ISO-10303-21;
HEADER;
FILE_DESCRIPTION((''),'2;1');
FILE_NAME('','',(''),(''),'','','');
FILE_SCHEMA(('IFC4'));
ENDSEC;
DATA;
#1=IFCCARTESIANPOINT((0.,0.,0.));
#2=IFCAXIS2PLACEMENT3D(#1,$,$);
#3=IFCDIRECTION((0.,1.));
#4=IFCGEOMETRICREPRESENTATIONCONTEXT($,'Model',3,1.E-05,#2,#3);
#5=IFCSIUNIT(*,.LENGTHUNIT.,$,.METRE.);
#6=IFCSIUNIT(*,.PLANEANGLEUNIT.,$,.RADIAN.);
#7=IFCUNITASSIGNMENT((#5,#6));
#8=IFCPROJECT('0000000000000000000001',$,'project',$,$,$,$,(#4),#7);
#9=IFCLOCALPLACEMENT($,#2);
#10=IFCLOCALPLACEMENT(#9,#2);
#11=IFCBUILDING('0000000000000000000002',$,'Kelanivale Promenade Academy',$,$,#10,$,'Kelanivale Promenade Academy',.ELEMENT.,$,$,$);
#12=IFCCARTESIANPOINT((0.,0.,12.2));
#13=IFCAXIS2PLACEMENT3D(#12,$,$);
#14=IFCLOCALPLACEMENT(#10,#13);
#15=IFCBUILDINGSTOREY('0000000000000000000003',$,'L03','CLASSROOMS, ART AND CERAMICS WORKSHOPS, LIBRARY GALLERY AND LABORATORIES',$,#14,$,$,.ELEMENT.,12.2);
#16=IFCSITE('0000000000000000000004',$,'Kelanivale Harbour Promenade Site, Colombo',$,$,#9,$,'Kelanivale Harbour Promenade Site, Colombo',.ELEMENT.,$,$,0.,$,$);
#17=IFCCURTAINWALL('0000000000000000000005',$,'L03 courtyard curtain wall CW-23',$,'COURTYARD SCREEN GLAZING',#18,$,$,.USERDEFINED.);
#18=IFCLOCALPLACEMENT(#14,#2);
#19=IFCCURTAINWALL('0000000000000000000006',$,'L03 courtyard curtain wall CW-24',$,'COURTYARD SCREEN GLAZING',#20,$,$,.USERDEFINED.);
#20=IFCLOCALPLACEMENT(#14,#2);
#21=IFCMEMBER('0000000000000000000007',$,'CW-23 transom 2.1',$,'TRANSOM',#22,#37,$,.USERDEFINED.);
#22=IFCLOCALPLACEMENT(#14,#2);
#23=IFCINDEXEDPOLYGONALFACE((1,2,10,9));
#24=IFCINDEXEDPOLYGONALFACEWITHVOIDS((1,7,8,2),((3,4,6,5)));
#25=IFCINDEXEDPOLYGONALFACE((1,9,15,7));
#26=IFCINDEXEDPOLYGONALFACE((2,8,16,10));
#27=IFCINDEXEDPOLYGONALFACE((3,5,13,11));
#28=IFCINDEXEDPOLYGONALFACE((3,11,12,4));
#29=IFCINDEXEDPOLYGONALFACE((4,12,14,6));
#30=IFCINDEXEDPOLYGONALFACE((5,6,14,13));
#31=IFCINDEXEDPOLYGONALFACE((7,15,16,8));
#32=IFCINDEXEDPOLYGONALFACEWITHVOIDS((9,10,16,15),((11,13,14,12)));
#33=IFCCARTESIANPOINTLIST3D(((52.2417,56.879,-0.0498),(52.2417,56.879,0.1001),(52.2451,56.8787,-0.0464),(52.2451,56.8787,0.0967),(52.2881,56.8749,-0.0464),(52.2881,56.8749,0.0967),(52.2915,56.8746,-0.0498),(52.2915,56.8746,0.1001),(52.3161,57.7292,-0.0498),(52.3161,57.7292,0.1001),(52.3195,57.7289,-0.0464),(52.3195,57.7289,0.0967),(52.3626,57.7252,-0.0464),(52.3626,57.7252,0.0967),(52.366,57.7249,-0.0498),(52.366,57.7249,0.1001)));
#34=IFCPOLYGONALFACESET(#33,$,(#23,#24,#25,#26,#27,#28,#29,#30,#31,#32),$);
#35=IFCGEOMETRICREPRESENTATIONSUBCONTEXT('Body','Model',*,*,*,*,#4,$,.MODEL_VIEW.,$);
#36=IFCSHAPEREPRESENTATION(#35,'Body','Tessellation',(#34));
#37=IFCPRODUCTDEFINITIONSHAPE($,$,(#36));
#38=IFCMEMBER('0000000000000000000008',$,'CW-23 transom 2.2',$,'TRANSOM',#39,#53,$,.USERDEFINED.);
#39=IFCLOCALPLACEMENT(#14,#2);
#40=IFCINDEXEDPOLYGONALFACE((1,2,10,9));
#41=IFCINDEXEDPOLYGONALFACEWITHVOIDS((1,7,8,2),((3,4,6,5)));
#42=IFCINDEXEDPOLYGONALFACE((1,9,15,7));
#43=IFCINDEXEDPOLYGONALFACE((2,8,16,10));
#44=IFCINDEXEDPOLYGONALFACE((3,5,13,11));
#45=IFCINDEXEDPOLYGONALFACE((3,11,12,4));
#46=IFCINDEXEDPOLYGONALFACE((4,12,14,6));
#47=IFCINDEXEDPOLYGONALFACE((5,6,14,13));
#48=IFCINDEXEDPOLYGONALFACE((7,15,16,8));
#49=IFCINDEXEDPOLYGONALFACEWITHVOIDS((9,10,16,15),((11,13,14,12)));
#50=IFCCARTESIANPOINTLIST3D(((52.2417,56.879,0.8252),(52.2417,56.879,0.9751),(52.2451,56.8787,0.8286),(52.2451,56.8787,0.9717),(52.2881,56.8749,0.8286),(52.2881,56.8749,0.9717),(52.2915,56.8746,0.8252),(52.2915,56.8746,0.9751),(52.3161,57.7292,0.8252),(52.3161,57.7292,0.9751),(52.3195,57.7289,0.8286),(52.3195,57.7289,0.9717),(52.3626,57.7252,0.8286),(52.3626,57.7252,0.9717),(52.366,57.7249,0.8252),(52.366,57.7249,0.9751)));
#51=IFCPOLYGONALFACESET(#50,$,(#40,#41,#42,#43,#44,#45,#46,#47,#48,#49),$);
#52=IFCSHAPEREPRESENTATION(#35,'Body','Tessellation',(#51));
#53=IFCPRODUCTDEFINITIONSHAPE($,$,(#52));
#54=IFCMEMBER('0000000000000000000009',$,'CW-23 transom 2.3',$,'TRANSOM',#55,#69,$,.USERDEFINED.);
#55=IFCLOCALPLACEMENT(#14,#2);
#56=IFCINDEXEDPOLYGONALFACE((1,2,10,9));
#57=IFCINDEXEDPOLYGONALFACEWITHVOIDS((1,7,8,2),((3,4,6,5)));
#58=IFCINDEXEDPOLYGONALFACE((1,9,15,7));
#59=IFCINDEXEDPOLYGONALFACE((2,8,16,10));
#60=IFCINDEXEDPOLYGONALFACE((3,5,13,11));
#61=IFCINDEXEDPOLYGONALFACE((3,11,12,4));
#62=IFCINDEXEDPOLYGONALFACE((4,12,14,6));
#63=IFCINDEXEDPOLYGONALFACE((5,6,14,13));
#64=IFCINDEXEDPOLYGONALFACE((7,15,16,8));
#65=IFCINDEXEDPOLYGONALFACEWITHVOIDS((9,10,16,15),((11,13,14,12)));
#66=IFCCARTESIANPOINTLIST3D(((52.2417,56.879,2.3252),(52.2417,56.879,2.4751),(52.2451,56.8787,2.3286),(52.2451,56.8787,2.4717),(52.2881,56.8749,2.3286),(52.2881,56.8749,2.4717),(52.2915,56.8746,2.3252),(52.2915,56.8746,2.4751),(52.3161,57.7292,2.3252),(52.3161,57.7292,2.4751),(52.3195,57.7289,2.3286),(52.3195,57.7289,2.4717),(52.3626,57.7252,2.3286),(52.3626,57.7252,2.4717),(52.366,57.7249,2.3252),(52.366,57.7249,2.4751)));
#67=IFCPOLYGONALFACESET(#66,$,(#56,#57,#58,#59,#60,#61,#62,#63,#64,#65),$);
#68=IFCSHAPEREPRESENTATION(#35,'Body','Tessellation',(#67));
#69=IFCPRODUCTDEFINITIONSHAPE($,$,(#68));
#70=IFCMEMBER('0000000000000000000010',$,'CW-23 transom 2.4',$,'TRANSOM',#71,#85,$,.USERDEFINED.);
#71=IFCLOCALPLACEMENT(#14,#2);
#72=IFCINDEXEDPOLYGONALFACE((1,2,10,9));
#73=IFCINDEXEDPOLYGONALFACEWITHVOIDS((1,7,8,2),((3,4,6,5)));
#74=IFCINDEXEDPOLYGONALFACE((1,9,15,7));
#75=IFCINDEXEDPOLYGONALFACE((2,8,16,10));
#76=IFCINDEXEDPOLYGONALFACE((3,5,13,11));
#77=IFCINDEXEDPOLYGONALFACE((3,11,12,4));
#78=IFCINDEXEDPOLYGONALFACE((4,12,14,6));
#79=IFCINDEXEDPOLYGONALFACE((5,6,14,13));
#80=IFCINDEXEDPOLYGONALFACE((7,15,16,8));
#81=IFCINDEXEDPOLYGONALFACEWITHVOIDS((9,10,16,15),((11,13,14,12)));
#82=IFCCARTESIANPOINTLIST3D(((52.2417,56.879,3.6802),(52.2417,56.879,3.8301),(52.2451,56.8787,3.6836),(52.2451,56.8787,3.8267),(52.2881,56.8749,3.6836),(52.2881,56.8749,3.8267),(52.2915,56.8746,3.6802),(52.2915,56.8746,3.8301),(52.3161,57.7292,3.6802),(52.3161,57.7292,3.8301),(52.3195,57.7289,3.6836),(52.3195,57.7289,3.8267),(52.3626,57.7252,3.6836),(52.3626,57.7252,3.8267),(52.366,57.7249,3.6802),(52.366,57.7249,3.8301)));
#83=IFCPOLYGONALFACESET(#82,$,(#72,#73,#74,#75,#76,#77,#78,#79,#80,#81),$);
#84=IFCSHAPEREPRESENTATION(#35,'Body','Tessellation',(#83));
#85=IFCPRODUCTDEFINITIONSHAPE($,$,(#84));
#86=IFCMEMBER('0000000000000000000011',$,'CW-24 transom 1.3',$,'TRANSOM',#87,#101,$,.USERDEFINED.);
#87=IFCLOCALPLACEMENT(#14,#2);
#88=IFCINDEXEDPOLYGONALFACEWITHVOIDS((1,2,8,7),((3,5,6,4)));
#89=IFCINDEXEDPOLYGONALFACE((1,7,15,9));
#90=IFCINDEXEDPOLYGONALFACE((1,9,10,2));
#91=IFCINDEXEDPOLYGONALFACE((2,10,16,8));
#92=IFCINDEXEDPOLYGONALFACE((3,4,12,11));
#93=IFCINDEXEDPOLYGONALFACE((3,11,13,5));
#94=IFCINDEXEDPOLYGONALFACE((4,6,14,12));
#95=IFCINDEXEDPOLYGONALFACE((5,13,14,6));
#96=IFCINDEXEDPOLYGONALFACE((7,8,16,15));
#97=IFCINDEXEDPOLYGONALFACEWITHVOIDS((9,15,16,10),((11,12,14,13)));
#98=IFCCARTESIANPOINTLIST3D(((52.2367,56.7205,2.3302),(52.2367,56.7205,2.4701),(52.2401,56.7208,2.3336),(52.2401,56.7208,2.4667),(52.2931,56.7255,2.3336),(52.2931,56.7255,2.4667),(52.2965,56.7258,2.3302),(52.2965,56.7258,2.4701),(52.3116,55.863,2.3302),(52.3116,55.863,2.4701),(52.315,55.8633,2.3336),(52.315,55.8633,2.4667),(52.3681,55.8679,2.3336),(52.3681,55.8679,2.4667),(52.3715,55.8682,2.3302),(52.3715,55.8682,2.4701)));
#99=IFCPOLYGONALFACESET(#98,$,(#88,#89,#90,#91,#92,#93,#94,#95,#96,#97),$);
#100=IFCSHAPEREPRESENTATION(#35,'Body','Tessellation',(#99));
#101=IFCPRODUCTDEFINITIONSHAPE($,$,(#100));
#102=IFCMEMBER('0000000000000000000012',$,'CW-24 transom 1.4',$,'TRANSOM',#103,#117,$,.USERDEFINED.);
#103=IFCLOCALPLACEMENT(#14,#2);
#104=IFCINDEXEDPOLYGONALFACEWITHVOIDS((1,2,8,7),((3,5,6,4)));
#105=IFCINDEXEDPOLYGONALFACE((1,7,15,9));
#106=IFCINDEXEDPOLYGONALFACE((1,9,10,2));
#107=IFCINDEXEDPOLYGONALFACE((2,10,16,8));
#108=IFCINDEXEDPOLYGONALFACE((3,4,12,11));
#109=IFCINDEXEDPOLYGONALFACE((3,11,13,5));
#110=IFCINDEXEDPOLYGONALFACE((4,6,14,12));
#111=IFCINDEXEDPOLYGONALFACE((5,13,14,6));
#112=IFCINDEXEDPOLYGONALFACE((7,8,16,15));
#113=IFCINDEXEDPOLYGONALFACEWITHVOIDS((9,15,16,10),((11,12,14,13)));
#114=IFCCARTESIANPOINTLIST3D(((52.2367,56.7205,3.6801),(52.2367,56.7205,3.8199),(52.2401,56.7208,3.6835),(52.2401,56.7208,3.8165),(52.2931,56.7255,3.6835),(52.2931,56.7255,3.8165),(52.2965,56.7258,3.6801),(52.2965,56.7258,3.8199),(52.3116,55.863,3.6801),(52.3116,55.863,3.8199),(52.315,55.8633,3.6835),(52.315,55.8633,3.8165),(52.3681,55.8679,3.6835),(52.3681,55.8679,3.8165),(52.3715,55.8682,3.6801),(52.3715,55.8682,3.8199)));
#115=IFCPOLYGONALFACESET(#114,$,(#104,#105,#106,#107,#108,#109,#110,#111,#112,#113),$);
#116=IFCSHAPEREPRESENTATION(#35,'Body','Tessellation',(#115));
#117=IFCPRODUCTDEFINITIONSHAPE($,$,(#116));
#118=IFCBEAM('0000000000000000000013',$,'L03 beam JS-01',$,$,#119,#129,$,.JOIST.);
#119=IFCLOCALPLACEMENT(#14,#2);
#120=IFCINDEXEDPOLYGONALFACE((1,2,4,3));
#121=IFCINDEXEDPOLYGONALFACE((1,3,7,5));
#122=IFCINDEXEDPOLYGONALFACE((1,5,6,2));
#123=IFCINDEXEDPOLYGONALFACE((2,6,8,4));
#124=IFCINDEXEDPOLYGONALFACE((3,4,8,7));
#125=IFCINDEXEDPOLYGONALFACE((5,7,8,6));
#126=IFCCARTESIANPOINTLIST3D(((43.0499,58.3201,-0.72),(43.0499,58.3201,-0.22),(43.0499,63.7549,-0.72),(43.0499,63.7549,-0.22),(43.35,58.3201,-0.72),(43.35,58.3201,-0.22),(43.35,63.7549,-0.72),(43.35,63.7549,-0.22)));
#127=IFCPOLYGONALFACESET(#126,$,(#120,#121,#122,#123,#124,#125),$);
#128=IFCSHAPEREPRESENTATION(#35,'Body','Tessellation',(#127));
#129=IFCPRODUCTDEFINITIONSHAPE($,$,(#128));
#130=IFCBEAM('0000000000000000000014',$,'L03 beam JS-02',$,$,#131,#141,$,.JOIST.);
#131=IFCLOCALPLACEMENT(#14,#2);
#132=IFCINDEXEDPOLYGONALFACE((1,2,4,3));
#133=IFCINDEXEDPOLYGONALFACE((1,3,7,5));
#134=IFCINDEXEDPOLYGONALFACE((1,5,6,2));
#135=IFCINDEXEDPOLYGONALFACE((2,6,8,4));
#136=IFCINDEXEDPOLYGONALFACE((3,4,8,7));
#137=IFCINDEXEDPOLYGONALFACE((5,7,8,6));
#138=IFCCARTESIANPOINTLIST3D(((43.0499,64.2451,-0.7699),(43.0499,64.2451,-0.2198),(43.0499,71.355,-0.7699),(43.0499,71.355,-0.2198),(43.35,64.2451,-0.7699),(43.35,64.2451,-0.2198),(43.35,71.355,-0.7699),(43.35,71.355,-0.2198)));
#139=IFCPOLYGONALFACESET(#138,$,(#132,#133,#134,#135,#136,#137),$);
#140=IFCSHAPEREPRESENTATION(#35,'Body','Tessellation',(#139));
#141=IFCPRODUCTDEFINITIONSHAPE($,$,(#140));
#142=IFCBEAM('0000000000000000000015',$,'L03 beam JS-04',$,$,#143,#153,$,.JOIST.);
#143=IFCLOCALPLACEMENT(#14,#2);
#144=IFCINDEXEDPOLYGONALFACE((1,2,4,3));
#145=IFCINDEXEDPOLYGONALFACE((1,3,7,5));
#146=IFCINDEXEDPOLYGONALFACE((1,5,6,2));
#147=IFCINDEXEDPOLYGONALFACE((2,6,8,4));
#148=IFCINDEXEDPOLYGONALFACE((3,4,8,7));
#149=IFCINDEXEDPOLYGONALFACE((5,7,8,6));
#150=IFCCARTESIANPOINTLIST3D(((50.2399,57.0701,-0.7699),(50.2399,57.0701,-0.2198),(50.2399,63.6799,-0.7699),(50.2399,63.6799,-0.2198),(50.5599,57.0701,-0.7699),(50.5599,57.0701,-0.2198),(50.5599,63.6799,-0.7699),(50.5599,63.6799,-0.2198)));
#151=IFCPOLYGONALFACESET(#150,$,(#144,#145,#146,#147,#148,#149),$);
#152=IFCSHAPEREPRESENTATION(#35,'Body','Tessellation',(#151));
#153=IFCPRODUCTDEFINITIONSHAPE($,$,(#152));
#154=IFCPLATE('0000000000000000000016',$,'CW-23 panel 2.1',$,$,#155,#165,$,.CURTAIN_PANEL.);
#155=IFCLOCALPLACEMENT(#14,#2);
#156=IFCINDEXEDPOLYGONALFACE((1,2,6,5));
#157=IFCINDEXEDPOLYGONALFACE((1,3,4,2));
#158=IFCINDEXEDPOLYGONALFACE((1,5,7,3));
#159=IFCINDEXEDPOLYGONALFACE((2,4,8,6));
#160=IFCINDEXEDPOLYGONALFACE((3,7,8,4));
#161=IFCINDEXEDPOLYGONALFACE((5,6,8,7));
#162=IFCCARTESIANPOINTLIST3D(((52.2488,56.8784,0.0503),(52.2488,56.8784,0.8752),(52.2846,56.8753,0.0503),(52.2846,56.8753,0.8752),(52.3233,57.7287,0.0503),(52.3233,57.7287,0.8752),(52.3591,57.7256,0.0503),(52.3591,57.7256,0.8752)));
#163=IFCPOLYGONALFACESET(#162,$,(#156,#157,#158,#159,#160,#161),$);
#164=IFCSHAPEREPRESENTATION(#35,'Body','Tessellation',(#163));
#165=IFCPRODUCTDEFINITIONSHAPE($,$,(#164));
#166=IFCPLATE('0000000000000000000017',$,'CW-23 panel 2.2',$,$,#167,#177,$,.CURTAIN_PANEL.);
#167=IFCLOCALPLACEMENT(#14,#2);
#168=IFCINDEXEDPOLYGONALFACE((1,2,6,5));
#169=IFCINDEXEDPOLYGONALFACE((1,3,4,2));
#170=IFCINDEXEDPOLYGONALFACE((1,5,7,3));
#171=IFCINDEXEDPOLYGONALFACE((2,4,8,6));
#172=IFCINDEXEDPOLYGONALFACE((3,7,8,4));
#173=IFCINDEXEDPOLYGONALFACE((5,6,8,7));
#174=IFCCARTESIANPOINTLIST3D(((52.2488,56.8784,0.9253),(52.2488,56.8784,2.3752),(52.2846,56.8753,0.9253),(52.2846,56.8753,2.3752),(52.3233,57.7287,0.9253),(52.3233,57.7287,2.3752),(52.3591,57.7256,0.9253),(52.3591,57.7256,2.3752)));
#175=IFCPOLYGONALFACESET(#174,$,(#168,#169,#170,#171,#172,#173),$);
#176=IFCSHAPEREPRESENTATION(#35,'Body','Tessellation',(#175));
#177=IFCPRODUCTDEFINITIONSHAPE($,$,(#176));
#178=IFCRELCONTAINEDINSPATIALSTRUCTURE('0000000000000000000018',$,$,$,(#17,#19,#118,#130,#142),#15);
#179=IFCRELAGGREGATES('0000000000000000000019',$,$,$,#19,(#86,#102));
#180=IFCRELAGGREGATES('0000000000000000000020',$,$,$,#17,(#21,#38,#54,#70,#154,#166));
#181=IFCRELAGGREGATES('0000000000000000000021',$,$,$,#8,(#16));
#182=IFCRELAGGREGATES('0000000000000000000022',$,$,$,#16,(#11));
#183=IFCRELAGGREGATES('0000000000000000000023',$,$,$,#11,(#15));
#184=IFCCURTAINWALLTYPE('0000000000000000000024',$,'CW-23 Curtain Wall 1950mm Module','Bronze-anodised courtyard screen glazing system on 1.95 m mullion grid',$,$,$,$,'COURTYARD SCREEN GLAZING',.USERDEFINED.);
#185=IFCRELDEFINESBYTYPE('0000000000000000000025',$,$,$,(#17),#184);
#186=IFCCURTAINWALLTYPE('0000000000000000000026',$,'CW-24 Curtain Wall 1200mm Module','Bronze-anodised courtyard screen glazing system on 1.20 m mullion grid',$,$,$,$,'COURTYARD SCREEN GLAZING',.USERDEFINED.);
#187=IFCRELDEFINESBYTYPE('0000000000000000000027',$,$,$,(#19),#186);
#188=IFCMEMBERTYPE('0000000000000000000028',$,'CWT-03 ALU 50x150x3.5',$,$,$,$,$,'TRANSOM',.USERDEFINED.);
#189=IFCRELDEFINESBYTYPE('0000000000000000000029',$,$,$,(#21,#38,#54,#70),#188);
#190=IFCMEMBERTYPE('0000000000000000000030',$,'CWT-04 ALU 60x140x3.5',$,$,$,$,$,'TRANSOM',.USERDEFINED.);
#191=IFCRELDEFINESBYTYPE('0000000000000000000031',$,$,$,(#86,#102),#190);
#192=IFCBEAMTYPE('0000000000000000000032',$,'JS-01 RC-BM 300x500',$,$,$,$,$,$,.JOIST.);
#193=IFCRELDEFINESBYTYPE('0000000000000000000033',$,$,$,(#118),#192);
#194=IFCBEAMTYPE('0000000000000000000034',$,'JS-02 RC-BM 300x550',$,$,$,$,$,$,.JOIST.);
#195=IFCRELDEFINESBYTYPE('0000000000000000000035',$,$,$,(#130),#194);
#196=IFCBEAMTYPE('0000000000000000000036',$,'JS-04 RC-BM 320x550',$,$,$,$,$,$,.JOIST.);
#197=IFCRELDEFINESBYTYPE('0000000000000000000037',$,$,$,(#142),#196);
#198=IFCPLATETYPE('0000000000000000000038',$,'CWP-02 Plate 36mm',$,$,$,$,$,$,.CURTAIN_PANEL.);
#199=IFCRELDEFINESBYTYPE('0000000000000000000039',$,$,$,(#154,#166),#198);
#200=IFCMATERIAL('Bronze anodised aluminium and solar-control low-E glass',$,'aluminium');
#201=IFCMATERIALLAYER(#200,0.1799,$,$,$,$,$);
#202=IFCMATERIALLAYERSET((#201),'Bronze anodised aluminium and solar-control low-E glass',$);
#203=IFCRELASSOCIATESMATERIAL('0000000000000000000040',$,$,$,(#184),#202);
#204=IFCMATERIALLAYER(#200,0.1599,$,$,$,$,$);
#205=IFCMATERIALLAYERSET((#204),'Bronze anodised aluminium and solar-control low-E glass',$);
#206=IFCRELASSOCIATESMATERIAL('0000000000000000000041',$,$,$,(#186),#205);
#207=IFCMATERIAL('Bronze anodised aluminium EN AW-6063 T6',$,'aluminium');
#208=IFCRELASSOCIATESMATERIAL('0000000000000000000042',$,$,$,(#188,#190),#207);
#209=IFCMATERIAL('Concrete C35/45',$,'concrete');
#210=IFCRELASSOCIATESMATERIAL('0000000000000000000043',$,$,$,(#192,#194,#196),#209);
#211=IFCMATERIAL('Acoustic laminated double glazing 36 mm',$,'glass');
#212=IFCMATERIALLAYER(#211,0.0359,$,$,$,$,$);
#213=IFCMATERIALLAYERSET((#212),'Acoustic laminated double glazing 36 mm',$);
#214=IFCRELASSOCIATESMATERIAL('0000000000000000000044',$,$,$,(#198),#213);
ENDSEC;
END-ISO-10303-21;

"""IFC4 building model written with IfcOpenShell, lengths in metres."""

from ifc_helpers import new_model, si_unit, direction, frame, origin, origin_2d, place, context, subcontext, project, spatial, rectangle, hollow_rectangle, extrude, material, layer, layer_set, material_profile, profile_set, type_object, element, aggregate, save


model = new_model("IFC4")

# Units and contexts
model_context = context("Model", 3, precision=1e-05, world=origin(), true_north=direction((0.0, 1.0)))
body_context = subcontext(model_context, "Body", "Model", "MODEL_VIEW")
ifc_project = project(units=[si_unit("LENGTHUNIT", "METRE"), si_unit("PLANEANGLEUNIT", "RADIAN")], contexts=[model_context])

# Site, building, storey
site_placement = place(None, origin())
site = spatial("IfcSite", under=ifc_project, at=site_placement, Name="Kelanivale Harbour Promenade Site, Colombo", LongName="Kelanivale Harbour Promenade Site, Colombo", CompositionType="ELEMENT", RefElevation=0.0)
building_placement = place(site_placement, origin())
building = spatial("IfcBuilding", under=site, at=building_placement, Name="Kelanivale Promenade Academy", LongName="Kelanivale Promenade Academy", CompositionType="ELEMENT")
storey_placement = place(building_placement, frame((0.0, 0.0, 12.2)))
storey = spatial("IfcBuildingStorey", under=building, at=storey_placement, Name="L03", Description="CLASSROOMS, ART AND CERAMICS WORKSHOPS, LIBRARY GALLERY AND LABORATORIES", CompositionType="ELEMENT", Elevation=12.2)

# Shared definitions
ifc_material_1 = material(Name="Concrete C35/45", Category="concrete")

# Curtain wall
ifc_material_2 = material(Name="Bronze anodised aluminium and solar-control low-E glass", Category="aluminium")
ifc_layer_1 = layer(ifc_material_2, 0.1799)
ifc_layer_set_1 = layer_set([ifc_layer_1], Name="Bronze anodised aluminium and solar-control low-E glass")
curtain_wall_type_1 = type_object("IfcCurtainWallType", Name="CW-23 Curtain Wall 1950mm Module", Description="Bronze-anodised courtyard screen glazing system on 1.95 m mullion grid", ElementType="COURTYARD SCREEN GLAZING", PredefinedType="USERDEFINED", material=ifc_layer_set_1)
curtain_wall_1_placement = place(storey_placement, origin())
curtain_wall_1 = element("IfcCurtainWall", 1, at=curtain_wall_1_placement, inside=storey, type_object=curtain_wall_type_1, Name="L03 courtyard curtain wall CW-23", ObjectType="COURTYARD SCREEN GLAZING", PredefinedType="USERDEFINED")
ifc_material_3 = material(Name="Bronze anodised aluminium EN AW-6063 T6", Category="aluminium")

# Curtain wall
ifc_layer_2 = layer(ifc_material_2, 0.1599)
ifc_layer_set_2 = layer_set([ifc_layer_2], Name="Bronze anodised aluminium and solar-control low-E glass")
curtain_wall_type_2 = type_object("IfcCurtainWallType", Name="CW-24 Curtain Wall 1200mm Module", Description="Bronze-anodised courtyard screen glazing system on 1.20 m mullion grid", ElementType="COURTYARD SCREEN GLAZING", PredefinedType="USERDEFINED", material=ifc_layer_set_2)
curtain_wall_2_placement = place(storey_placement, origin())
curtain_wall_2 = element("IfcCurtainWall", 2, at=curtain_wall_2_placement, inside=storey, type_object=curtain_wall_type_2, Name="L03 courtyard curtain wall CW-24", ObjectType="COURTYARD SCREEN GLAZING", PredefinedType="USERDEFINED")

# Members
ifc_material_profile_1 = material_profile(ifc_material_3, hollow_rectangle(XDim=0.05, YDim=0.1499, WallThickness=0.0034, at=origin_2d()), Name="ALU 50x150x3.5")
ifc_profile_set_1 = profile_set([ifc_material_profile_1], Name="Bronze anodised aluminium EN AW-6063 T6")
member_type_1 = type_object("IfcMemberType", Name="CWT-03 ALU 50x150x3.5", ElementType="TRANSOM", PredefinedType="USERDEFINED", material=ifc_profile_set_1)
member_1_placement = place(storey_placement, frame((52.3411, 57.7271, 0.0251), z_axis=(-0.087234, -0.996188, 0.0), x_axis=(0.996188, -0.087234, 0.0)))
member_1 = element("IfcMember", 3, at=member_1_placement, type_object=member_type_1, Name="CW-23 transom 2.1", ObjectType="TRANSOM", PredefinedType="USERDEFINED", context=body_context, shape_type="SweptSolid", body=[
    extrude(hollow_rectangle(XDim=0.05, YDim=0.1499, WallThickness=0.0034, at=origin_2d()), origin(), (0.0, 0.0, 1.0), 0.8535),
])
member_2_placement = place(storey_placement, frame((52.3411, 57.7271, 0.9001), z_axis=(-0.087234, -0.996188, 0.0), x_axis=(0.996188, -0.087234, 0.0)))
member_2 = element("IfcMember", 4, at=member_2_placement, type_object=member_type_1, Name="CW-23 transom 2.2", ObjectType="TRANSOM", PredefinedType="USERDEFINED", context=body_context, shape_type="SweptSolid", body=[
    extrude(hollow_rectangle(XDim=0.05, YDim=0.1499, WallThickness=0.0034, at=origin_2d()), origin(), (0.0, 0.0, 1.0), 0.8535),
])
member_3_placement = place(storey_placement, frame((52.3411, 57.7271, 2.4001), z_axis=(-0.087234, -0.996188, 0.0), x_axis=(0.996188, -0.087234, 0.0)))
member_3 = element("IfcMember", 5, at=member_3_placement, type_object=member_type_1, Name="CW-23 transom 2.3", ObjectType="TRANSOM", PredefinedType="USERDEFINED", context=body_context, shape_type="SweptSolid", body=[
    extrude(hollow_rectangle(XDim=0.05, YDim=0.1499, WallThickness=0.0034, at=origin_2d()), origin(), (0.0, 0.0, 1.0), 0.8535),
])
member_4_placement = place(storey_placement, frame((52.3411, 57.7271, 3.7551), z_axis=(-0.087234, -0.996188, 0.0), x_axis=(0.996188, -0.087234, 0.0)))
member_4 = element("IfcMember", 6, at=member_4_placement, type_object=member_type_1, Name="CW-23 transom 2.4", ObjectType="TRANSOM", PredefinedType="USERDEFINED", context=body_context, shape_type="SweptSolid", body=[
    extrude(hollow_rectangle(XDim=0.05, YDim=0.1499, WallThickness=0.0034, at=origin_2d()), origin(), (0.0, 0.0, 1.0), 0.8535),
])
ifc_material_profile_2 = material_profile(ifc_material_3, hollow_rectangle(XDim=0.0601, YDim=0.1399, WallThickness=0.0034, at=origin_2d()), Name="ALU 60x140x3.5")
ifc_profile_set_2 = profile_set([ifc_material_profile_2], Name="Bronze anodised aluminium EN AW-6063 T6")
member_type_2 = type_object("IfcMemberType", Name="CWT-04 ALU 60x140x3.5", ElementType="TRANSOM", PredefinedType="USERDEFINED", material=ifc_profile_set_2)
member_5_placement = place(storey_placement, frame((52.2666, 56.7231, 2.4001), z_axis=(0.087058, -0.996203, 0.0), x_axis=(0.996203, 0.087058, 0.0)))
member_5 = element("IfcMember", 7, at=member_5_placement, type_object=member_type_2, Name="CW-24 transom 1.3", ObjectType="TRANSOM", PredefinedType="USERDEFINED", context=body_context, shape_type="SweptSolid", body=[
    extrude(hollow_rectangle(XDim=0.0601, YDim=0.1399, WallThickness=0.0034, at=origin_2d()), origin(), (0.0, 0.0, 1.0), 0.8608),
])
member_6_placement = place(storey_placement, frame((52.2666, 56.7231, 3.75), z_axis=(0.087058, -0.996203, 0.0), x_axis=(0.996203, 0.087058, 0.0)))
member_6 = element("IfcMember", 8, at=member_6_placement, type_object=member_type_2, Name="CW-24 transom 1.4", ObjectType="TRANSOM", PredefinedType="USERDEFINED", context=body_context, shape_type="SweptSolid", body=[
    extrude(hollow_rectangle(XDim=0.0601, YDim=0.1399, WallThickness=0.0034, at=origin_2d()), origin(), (0.0, 0.0, 1.0), 0.8608),
])
aggregate(curtain_wall_2, [member_5, member_6])

# Beams
ifc_material_profile_3 = material_profile(ifc_material_1, rectangle(XDim=0.3, YDim=0.5, at=origin_2d()), Name="RC-BM 300x500")
ifc_profile_set_3 = profile_set([ifc_material_profile_3], Name="Concrete C35/45")
beam_type_1 = type_object("IfcBeamType", Name="JS-01 RC-BM 300x500", PredefinedType="JOIST", material=ifc_profile_set_3)
beam_1_placement = place(storey_placement, frame((43.2, 58.3201, -0.47), z_axis=(0.0, 1.0, 0.0), x_axis=(-1.0, 0.0, 0.0)))
element("IfcBeam", 9, at=beam_1_placement, inside=storey, type_object=beam_type_1, Name="L03 beam JS-01", PredefinedType="JOIST", context=body_context, shape_type="SweptSolid", body=[
    extrude(rectangle(XDim=0.3, YDim=0.5, at=origin_2d()), origin(), (0.0, 0.0, 1.0), 5.4348),
])
ifc_material_profile_4 = material_profile(ifc_material_1, rectangle(XDim=0.3, YDim=0.55, at=origin_2d()), Name="RC-BM 300x550")
ifc_profile_set_4 = profile_set([ifc_material_profile_4], Name="Concrete C35/45")
beam_type_2 = type_object("IfcBeamType", Name="JS-02 RC-BM 300x550", PredefinedType="JOIST", material=ifc_profile_set_4)
beam_2_placement = place(storey_placement, frame((43.2, 64.2451, -0.4949), z_axis=(0.0, 1.0, 0.0), x_axis=(-1.0, 0.0, 0.0)))
element("IfcBeam", 10, at=beam_2_placement, inside=storey, type_object=beam_type_2, Name="L03 beam JS-02", PredefinedType="JOIST", context=body_context, shape_type="SweptSolid", body=[
    extrude(rectangle(XDim=0.3, YDim=0.55, at=origin_2d()), origin(), (0.0, 0.0, 1.0), 7.1099),
])
ifc_material_profile_5 = material_profile(ifc_material_1, rectangle(XDim=0.3201, YDim=0.55, at=origin_2d()), Name="RC-BM 320x550")
ifc_profile_set_5 = profile_set([ifc_material_profile_5], Name="Concrete C35/45")
beam_type_3 = type_object("IfcBeamType", Name="JS-04 RC-BM 320x550", PredefinedType="JOIST", material=ifc_profile_set_5)
beam_3_placement = place(storey_placement, frame((50.3999, 57.0701, -0.4949), z_axis=(0.0, 1.0, 0.0), x_axis=(-1.0, 0.0, 0.0)))
element("IfcBeam", 11, at=beam_3_placement, inside=storey, type_object=beam_type_3, Name="L03 beam JS-04", PredefinedType="JOIST", context=body_context, shape_type="SweptSolid", body=[
    extrude(rectangle(XDim=0.3201, YDim=0.55, at=origin_2d()), origin(), (0.0, 0.0, 1.0), 6.6099),
])

# Plates
ifc_material_4 = material(Name="Acoustic laminated double glazing 36 mm", Category="glass")
ifc_layer_3 = layer(ifc_material_4, 0.0359)
ifc_layer_set_3 = layer_set([ifc_layer_3], Name="Acoustic laminated double glazing 36 mm")
plate_type = type_object("IfcPlateType", Name="CWP-02 Plate 36mm", PredefinedType="CURTAIN_PANEL", material=ifc_layer_set_3)
plate_1_placement = place(storey_placement, frame((52.304, 57.302, 0.0503), z_axis=(0.0, 0.0, 1.0), x_axis=(-0.087265, -0.996185, 0.0)))
plate_1 = element("IfcPlate", 12, at=plate_1_placement, type_object=plate_type, Name="CW-23 panel 2.1", PredefinedType="CURTAIN_PANEL", context=body_context, shape_type="SweptSolid", body=[
    extrude(rectangle(XDim=0.8535, YDim=0.0359, at=origin_2d()), origin(), (0.0, 0.0, 1.0), 0.825),
])
plate_2_placement = place(storey_placement, frame((52.304, 57.302, 0.9253), z_axis=(0.0, 0.0, 1.0), x_axis=(-0.087265, -0.996185, 0.0)))
plate_2 = element("IfcPlate", 13, at=plate_2_placement, type_object=plate_type, Name="CW-23 panel 2.2", PredefinedType="CURTAIN_PANEL", context=body_context, shape_type="SweptSolid", body=[
    extrude(rectangle(XDim=0.8535, YDim=0.0359, at=origin_2d()), origin(), (0.0, 0.0, 1.0), 1.45),
])
aggregate(curtain_wall_1, [member_1, member_2, member_3, member_4, plate_1, plate_2])

save(model, "model.ifc")
